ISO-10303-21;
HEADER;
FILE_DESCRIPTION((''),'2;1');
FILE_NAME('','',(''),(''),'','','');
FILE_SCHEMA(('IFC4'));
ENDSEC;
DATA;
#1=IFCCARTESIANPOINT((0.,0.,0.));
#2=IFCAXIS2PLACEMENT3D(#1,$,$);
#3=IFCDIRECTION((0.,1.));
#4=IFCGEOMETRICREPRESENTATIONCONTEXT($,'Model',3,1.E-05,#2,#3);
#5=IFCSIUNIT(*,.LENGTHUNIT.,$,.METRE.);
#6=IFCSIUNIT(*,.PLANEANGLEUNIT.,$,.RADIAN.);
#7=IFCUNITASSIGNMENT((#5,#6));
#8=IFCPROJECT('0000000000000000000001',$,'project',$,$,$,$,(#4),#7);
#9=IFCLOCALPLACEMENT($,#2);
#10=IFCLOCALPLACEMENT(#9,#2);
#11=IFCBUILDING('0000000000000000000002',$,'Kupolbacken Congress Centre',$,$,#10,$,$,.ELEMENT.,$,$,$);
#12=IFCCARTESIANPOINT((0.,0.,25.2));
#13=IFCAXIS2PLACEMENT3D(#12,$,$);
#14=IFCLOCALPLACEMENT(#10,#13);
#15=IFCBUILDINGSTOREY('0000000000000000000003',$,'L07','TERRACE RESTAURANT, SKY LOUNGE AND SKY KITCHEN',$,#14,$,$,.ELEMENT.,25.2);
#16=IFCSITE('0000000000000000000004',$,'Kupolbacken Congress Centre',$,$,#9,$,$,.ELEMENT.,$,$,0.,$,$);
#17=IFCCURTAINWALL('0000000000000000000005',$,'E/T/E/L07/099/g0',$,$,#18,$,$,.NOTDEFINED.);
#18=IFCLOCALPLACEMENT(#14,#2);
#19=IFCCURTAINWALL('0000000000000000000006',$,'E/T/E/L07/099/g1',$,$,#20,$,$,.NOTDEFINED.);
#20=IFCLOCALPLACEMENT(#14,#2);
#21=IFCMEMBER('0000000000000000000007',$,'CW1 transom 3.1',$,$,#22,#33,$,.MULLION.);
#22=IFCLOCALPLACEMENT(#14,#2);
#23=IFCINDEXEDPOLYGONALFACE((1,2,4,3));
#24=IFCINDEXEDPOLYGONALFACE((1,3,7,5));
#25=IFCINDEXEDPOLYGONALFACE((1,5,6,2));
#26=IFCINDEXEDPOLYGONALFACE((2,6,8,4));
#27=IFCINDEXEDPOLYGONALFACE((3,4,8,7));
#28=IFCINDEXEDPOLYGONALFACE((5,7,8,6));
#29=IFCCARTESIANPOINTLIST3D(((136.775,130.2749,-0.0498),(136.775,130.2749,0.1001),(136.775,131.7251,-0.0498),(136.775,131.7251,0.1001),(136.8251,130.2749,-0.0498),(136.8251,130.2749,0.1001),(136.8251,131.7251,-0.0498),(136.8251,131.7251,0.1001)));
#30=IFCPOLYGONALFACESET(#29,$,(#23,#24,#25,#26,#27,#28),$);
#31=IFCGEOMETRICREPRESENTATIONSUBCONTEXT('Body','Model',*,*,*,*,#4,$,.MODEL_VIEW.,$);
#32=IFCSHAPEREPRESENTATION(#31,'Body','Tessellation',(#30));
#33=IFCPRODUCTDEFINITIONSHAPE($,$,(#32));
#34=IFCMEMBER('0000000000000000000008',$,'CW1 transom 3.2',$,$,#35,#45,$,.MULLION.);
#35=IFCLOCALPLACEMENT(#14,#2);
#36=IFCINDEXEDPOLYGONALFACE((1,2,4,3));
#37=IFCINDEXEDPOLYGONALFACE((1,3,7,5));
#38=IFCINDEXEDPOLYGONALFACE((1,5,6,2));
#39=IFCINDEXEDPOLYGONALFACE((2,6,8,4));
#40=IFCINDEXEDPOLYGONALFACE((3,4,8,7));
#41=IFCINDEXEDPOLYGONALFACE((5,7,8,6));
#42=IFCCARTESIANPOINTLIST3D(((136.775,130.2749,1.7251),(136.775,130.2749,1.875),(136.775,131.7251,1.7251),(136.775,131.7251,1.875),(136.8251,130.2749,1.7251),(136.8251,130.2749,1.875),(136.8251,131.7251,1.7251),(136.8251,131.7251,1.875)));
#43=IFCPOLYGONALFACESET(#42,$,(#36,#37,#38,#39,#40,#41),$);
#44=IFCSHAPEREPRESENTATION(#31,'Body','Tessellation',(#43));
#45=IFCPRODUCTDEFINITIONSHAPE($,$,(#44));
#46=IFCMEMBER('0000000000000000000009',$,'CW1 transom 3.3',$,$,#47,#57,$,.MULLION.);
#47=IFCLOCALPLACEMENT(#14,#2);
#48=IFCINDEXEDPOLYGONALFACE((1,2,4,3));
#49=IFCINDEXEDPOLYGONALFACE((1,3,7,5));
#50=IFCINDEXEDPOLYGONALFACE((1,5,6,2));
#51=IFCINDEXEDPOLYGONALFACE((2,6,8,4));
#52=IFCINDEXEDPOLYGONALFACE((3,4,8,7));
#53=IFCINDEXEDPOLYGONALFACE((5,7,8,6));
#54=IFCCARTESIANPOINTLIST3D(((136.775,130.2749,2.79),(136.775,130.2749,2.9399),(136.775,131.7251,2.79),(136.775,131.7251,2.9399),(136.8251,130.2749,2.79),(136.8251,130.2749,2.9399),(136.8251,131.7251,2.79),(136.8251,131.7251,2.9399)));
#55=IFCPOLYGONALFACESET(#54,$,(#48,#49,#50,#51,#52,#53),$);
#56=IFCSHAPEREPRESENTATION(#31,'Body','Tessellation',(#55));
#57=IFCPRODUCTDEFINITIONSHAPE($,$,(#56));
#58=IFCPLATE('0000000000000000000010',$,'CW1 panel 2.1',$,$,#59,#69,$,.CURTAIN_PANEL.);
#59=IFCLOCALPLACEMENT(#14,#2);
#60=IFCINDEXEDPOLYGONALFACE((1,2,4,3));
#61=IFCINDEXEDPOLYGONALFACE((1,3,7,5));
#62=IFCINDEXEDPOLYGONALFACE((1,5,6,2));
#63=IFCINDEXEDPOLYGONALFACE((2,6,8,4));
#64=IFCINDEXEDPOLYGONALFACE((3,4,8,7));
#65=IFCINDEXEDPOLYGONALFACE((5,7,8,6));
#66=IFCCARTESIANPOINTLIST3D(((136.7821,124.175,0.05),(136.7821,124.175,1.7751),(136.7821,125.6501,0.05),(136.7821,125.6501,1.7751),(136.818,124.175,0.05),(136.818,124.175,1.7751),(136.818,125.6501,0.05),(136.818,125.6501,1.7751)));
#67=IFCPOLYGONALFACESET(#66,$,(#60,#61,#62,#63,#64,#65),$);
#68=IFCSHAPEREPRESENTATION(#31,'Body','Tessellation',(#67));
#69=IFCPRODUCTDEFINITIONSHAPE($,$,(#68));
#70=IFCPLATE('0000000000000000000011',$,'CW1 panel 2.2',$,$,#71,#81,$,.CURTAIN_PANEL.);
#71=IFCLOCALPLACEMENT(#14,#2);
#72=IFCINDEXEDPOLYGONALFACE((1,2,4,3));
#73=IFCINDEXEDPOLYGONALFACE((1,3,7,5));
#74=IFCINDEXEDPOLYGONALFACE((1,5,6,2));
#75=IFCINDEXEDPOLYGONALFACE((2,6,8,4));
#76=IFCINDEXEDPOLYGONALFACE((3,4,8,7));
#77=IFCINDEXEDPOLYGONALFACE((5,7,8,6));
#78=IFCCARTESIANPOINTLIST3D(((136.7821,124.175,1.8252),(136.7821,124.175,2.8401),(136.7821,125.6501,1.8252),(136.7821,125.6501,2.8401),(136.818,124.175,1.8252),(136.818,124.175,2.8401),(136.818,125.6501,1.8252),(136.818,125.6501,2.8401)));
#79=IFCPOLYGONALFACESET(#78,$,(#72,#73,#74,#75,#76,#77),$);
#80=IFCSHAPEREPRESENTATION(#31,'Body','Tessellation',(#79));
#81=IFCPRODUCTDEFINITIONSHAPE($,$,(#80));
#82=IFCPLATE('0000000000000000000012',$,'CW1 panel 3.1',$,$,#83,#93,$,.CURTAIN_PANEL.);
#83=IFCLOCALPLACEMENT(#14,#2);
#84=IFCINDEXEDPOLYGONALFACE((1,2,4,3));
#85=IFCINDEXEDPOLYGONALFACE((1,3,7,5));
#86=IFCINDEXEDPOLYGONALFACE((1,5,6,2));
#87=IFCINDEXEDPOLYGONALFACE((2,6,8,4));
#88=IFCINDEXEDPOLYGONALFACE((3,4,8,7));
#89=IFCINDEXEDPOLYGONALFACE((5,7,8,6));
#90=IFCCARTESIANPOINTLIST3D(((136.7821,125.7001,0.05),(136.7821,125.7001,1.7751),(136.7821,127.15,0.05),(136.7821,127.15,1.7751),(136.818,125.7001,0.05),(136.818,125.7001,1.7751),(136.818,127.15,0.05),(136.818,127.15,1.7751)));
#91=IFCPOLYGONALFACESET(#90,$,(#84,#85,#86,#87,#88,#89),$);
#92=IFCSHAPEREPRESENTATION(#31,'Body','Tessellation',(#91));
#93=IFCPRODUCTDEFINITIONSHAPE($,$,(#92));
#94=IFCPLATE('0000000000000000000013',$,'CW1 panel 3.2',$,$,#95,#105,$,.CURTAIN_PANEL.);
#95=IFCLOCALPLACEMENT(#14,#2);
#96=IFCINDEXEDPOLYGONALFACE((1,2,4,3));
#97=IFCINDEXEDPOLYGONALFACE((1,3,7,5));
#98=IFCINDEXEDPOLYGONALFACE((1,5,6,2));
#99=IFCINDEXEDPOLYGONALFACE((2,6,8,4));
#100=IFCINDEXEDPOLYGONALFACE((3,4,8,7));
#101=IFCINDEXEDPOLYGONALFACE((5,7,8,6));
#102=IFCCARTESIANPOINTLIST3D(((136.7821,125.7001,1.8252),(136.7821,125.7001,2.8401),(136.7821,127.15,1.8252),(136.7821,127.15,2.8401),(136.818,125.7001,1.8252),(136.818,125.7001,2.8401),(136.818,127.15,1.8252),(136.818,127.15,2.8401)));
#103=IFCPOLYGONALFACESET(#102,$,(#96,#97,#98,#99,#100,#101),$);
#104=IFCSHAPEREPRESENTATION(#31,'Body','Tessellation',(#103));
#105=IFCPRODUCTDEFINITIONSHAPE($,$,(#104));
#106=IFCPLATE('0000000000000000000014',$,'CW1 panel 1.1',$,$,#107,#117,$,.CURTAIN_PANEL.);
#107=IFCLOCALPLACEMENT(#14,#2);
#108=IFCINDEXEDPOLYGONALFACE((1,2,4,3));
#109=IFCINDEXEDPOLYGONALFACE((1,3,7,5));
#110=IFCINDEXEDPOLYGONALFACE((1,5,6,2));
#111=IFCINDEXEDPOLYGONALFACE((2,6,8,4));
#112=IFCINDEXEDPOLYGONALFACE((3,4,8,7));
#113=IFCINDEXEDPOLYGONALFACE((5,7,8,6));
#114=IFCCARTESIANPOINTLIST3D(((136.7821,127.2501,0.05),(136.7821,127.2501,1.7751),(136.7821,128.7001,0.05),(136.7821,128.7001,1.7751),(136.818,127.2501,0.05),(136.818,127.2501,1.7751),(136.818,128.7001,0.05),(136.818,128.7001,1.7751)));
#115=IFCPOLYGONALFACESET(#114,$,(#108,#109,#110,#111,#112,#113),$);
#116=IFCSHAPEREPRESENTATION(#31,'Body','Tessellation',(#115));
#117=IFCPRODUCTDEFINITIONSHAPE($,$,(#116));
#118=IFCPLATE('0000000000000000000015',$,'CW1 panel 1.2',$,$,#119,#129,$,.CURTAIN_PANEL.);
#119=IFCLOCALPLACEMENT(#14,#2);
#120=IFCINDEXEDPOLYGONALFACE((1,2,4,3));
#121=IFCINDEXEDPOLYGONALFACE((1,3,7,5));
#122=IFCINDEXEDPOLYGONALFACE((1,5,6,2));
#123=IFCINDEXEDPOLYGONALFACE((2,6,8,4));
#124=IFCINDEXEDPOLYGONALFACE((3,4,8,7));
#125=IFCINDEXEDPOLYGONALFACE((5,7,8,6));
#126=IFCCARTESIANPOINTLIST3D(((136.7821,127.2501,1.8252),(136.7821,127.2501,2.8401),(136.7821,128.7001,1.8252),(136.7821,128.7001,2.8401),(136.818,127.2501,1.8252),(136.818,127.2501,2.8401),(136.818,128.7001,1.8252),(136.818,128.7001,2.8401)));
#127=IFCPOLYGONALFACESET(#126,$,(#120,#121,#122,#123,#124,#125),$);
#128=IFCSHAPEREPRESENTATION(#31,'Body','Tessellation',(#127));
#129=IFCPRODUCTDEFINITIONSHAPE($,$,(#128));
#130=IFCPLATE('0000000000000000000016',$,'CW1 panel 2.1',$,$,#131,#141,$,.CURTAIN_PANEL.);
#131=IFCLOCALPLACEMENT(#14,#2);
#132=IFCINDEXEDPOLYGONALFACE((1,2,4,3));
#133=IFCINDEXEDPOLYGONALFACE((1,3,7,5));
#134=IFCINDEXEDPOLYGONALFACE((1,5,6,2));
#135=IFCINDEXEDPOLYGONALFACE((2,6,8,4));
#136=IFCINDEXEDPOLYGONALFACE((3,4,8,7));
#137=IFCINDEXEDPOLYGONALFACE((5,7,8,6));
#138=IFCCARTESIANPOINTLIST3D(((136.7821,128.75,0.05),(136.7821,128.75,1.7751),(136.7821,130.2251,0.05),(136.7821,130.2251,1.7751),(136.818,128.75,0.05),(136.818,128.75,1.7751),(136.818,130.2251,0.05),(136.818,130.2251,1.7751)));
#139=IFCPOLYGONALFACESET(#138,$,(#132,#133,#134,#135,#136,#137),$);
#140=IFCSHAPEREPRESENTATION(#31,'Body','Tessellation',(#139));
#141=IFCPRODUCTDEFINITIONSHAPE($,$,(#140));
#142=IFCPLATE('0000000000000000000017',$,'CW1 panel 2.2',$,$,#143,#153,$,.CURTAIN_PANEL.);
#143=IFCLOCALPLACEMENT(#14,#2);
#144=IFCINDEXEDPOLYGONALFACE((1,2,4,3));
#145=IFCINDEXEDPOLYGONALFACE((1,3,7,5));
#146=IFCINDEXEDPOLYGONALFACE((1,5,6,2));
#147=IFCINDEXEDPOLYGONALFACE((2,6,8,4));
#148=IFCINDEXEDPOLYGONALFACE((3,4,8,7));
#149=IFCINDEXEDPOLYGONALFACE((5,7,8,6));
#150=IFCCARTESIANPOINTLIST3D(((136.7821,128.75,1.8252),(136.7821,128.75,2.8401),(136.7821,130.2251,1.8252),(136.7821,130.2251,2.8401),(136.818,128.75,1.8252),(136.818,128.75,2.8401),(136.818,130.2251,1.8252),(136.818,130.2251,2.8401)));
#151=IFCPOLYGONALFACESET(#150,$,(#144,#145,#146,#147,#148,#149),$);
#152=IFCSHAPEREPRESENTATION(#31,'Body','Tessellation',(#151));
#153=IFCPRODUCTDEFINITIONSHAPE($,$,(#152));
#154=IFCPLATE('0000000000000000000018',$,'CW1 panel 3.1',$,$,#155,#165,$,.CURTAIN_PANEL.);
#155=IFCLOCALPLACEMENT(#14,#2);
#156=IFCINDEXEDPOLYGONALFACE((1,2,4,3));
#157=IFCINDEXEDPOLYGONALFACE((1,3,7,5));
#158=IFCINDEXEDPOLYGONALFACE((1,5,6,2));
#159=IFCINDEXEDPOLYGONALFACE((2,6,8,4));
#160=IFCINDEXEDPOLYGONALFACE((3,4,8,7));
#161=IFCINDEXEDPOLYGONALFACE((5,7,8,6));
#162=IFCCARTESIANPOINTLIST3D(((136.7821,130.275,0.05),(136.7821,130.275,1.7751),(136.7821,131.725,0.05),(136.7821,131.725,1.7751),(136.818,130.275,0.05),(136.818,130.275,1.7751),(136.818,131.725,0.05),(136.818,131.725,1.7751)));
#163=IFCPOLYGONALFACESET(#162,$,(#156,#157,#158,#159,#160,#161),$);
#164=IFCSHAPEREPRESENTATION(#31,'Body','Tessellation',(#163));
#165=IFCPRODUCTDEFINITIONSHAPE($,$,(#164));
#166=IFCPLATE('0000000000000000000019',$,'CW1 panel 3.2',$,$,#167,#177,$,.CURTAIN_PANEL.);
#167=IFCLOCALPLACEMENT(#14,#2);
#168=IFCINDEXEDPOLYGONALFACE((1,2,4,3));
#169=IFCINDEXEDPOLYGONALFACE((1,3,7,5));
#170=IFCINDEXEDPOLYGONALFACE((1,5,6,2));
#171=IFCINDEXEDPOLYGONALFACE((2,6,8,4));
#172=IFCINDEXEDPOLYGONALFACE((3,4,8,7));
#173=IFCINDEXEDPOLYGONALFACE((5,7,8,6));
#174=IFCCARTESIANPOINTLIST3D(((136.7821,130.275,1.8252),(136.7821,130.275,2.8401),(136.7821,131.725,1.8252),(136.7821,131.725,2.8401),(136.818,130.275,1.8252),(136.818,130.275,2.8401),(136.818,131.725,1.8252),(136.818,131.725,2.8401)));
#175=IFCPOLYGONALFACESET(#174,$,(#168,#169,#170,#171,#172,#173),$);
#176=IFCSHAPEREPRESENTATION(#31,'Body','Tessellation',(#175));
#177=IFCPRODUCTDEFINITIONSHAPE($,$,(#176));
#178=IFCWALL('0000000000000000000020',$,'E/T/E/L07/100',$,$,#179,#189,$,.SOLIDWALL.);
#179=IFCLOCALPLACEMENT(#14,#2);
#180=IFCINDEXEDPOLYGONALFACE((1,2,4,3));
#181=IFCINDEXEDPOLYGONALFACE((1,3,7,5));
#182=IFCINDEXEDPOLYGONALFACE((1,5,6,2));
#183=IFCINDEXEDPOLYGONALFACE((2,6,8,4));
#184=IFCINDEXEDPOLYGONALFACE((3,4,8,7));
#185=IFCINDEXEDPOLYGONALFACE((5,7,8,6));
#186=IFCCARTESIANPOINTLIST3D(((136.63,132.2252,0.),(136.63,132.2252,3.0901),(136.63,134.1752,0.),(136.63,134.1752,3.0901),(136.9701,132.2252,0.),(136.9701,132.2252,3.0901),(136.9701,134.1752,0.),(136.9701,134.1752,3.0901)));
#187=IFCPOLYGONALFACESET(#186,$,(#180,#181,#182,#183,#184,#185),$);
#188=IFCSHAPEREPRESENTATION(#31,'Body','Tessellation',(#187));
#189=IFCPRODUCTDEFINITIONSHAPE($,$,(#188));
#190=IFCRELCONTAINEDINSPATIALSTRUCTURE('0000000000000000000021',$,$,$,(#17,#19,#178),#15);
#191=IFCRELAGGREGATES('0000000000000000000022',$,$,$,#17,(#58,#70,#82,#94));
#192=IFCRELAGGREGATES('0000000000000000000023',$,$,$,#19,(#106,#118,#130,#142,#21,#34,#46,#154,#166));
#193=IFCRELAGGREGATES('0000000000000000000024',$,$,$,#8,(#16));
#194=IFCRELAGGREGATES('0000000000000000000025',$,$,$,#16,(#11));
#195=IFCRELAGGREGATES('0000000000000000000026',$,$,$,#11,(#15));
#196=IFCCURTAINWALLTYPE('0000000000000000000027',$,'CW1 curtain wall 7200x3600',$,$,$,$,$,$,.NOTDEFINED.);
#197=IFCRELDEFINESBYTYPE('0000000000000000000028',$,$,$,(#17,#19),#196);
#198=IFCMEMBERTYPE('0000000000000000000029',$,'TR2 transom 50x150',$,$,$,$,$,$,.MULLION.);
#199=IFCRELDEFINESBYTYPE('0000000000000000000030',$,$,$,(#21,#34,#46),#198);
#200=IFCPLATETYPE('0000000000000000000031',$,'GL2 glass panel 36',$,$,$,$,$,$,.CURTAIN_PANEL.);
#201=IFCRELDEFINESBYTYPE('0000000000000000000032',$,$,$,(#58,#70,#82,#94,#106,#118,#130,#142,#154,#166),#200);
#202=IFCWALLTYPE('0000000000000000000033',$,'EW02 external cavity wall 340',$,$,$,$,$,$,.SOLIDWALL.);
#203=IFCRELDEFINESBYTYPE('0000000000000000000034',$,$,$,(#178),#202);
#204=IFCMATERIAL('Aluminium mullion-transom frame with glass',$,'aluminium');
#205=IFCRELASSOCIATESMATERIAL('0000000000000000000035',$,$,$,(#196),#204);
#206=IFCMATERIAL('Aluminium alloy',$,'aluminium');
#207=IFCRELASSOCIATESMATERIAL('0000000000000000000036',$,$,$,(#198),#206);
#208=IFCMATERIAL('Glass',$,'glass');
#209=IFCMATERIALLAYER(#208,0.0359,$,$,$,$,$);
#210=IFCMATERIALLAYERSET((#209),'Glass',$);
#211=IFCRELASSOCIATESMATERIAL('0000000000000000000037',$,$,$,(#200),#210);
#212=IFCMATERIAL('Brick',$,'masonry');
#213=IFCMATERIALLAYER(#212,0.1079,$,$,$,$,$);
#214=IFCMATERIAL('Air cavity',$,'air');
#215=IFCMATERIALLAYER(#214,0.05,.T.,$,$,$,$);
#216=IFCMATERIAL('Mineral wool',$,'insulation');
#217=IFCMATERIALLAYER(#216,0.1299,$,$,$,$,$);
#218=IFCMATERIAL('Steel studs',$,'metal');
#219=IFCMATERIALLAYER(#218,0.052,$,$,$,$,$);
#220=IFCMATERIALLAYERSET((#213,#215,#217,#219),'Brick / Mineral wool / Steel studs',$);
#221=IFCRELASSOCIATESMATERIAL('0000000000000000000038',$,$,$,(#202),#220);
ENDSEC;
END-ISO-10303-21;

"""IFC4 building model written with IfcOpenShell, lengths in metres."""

from ifc_helpers import new_model, si_unit, direction, frame, frame_2d, origin, origin_2d, place, context, subcontext, project, spatial, rectangle, extrude, material, layer, layer_set, material_profile, profile_set, type_object, element, aggregate, save


model = new_model("IFC4")

# Units and contexts
model_context = context("Model", 3, precision=1e-05, world=origin(), true_north=direction((0.0, 1.0)))
body_context = subcontext(model_context, "Body", "Model", "MODEL_VIEW")
ifc_project = project(units=[si_unit("LENGTHUNIT", "METRE"), si_unit("PLANEANGLEUNIT", "RADIAN")], contexts=[model_context])

# Site, building, storey
site_placement = place(None, origin())
site = spatial("IfcSite", under=ifc_project, at=site_placement, Name="Kupolbacken Congress Centre", CompositionType="ELEMENT", RefElevation=0.0)
building_placement = place(site_placement, origin())
building = spatial("IfcBuilding", under=site, at=building_placement, Name="Kupolbacken Congress Centre", CompositionType="ELEMENT")
storey_placement = place(building_placement, frame((0.0, 0.0, 25.2)))
storey = spatial("IfcBuildingStorey", under=building, at=storey_placement, Name="L07", Description="TERRACE RESTAURANT, SKY LOUNGE AND SKY KITCHEN", CompositionType="ELEMENT", Elevation=25.2)

# Curtain walls
ifc_material_1 = material(Name="Aluminium mullion-transom frame with glass", Category="aluminium")
curtain_wall_type = type_object("IfcCurtainWallType", Name="CW1 curtain wall 7200x3600", PredefinedType="NOTDEFINED", material=ifc_material_1)
curtain_wall_1_placement = place(storey_placement, origin())
curtain_wall_1 = element("IfcCurtainWall", 1, at=curtain_wall_1_placement, inside=storey, type_object=curtain_wall_type, Name="E/T/E/L07/099/g0", PredefinedType="NOTDEFINED")
curtain_wall_2_placement = place(storey_placement, origin())
curtain_wall_2 = element("IfcCurtainWall", 2, at=curtain_wall_2_placement, inside=storey, type_object=curtain_wall_type, Name="E/T/E/L07/099/g1", PredefinedType="NOTDEFINED")

# Members
ifc_material_2 = material(Name="Aluminium alloy", Category="aluminium")
ifc_material_profile_1 = material_profile(ifc_material_2, rectangle(XDim=0.05, YDim=0.1499, at=origin_2d()), Name="50 x 150")
ifc_profile_set_1 = profile_set([ifc_material_profile_1], Name="Aluminium alloy")
member_type_1 = type_object("IfcMemberType", Name="TR2 transom 50x150", PredefinedType="MULLION", material=ifc_profile_set_1)
member_1_placement = place(storey_placement, frame((136.8, 130.2749, 0.0251), z_axis=(0.0, 1.0, 0.0), x_axis=(-1.0, 0.0, 0.0)))
member_1 = element("IfcMember", 3, at=member_1_placement, type_object=member_type_1, Name="CW1 transom 3.1", PredefinedType="MULLION", context=body_context, shape_type="SweptSolid", body=[
    extrude(rectangle(XDim=0.05, YDim=0.1499, at=origin_2d()), origin(), (0.0, 0.0, 1.0), 1.4502),
])
member_2_placement = place(storey_placement, frame((136.8, 130.2749, 1.8), z_axis=(0.0, 1.0, 0.0), x_axis=(-1.0, 0.0, 0.0)))
member_2 = element("IfcMember", 4, at=member_2_placement, type_object=member_type_1, Name="CW1 transom 3.2", PredefinedType="MULLION", context=body_context, shape_type="SweptSolid", body=[
    extrude(rectangle(XDim=0.05, YDim=0.1499, at=origin_2d()), origin(), (0.0, 0.0, 1.0), 1.4502),
])
member_3_placement = place(storey_placement, frame((136.8, 130.2749, 2.865), z_axis=(0.0, 1.0, 0.0), x_axis=(-1.0, 0.0, 0.0)))
member_3 = element("IfcMember", 5, at=member_3_placement, type_object=member_type_1, Name="CW1 transom 3.3", PredefinedType="MULLION", context=body_context, shape_type="SweptSolid", body=[
    extrude(rectangle(XDim=0.05, YDim=0.1499, at=origin_2d()), origin(), (0.0, 0.0, 1.0), 1.4502),
])

# Plates
ifc_material_3 = material(Name="Glass", Category="glass")
ifc_layer_1 = layer(ifc_material_3, 0.0359)
ifc_layer_set_1 = layer_set([ifc_layer_1], Name="Glass")
plate_type = type_object("IfcPlateType", Name="GL2 glass panel 36", PredefinedType="CURTAIN_PANEL", material=ifc_layer_set_1)
plate_1_placement = place(storey_placement, frame((136.8, 124.9126, 0.05), z_axis=(0.0, 0.0, 1.0), x_axis=(0.0, 1.0, 0.0)))
plate_1 = element("IfcPlate", 6, at=plate_1_placement, type_object=plate_type, Name="CW1 panel 2.1", PredefinedType="CURTAIN_PANEL", context=body_context, shape_type="SweptSolid", body=[
    extrude(rectangle(XDim=1.4751, YDim=0.0359, at=origin_2d()), origin(), (0.0, 0.0, 1.0), 1.7251),
])
plate_2_placement = place(storey_placement, frame((136.8, 124.9126, 1.8252), z_axis=(0.0, 0.0, 1.0), x_axis=(0.0, 1.0, 0.0)))
plate_2 = element("IfcPlate", 7, at=plate_2_placement, type_object=plate_type, Name="CW1 panel 2.2", PredefinedType="CURTAIN_PANEL", context=body_context, shape_type="SweptSolid", body=[
    extrude(rectangle(XDim=1.4751, YDim=0.0359, at=origin_2d()), origin(), (0.0, 0.0, 1.0), 1.0149),
])
plate_3_placement = place(storey_placement, frame((136.8, 126.425, 0.05), z_axis=(0.0, 0.0, 1.0), x_axis=(0.0, 1.0, 0.0)))
plate_3 = element("IfcPlate", 8, at=plate_3_placement, type_object=plate_type, Name="CW1 panel 3.1", PredefinedType="CURTAIN_PANEL", context=body_context, shape_type="SweptSolid", body=[
    extrude(rectangle(XDim=1.45, YDim=0.0359, at=origin_2d()), origin(), (0.0, 0.0, 1.0), 1.7251),
])
plate_4_placement = place(storey_placement, frame((136.8, 126.425, 1.8252), z_axis=(0.0, 0.0, 1.0), x_axis=(0.0, 1.0, 0.0)))
plate_4 = element("IfcPlate", 9, at=plate_4_placement, type_object=plate_type, Name="CW1 panel 3.2", PredefinedType="CURTAIN_PANEL", context=body_context, shape_type="SweptSolid", body=[
    extrude(rectangle(XDim=1.45, YDim=0.0359, at=origin_2d()), origin(), (0.0, 0.0, 1.0), 1.0149),
])
aggregate(curtain_wall_1, [plate_1, plate_2, plate_3, plate_4])
plate_5_placement = place(storey_placement, frame((136.8, 127.9751, 0.05), z_axis=(0.0, 0.0, 1.0), x_axis=(0.0, 1.0, 0.0)))
plate_5 = element("IfcPlate", 10, at=plate_5_placement, type_object=plate_type, Name="CW1 panel 1.1", PredefinedType="CURTAIN_PANEL", context=body_context, shape_type="SweptSolid", body=[
    extrude(rectangle(XDim=1.45, YDim=0.0359, at=origin_2d()), origin(), (0.0, 0.0, 1.0), 1.7251),
])
plate_6_placement = place(storey_placement, frame((136.8, 127.9751, 1.8252), z_axis=(0.0, 0.0, 1.0), x_axis=(0.0, 1.0, 0.0)))
plate_6 = element("IfcPlate", 11, at=plate_6_placement, type_object=plate_type, Name="CW1 panel 1.2", PredefinedType="CURTAIN_PANEL", context=body_context, shape_type="SweptSolid", body=[
    extrude(rectangle(XDim=1.45, YDim=0.0359, at=origin_2d()), origin(), (0.0, 0.0, 1.0), 1.0149),
])
plate_7_placement = place(storey_placement, frame((136.8, 129.4875, 0.05), z_axis=(0.0, 0.0, 1.0), x_axis=(0.0, 1.0, 0.0)))
plate_7 = element("IfcPlate", 12, at=plate_7_placement, type_object=plate_type, Name="CW1 panel 2.1", PredefinedType="CURTAIN_PANEL", context=body_context, shape_type="SweptSolid", body=[
    extrude(rectangle(XDim=1.4751, YDim=0.0359, at=origin_2d()), origin(), (0.0, 0.0, 1.0), 1.7251),
])
plate_8_placement = place(storey_placement, frame((136.8, 129.4875, 1.8252), z_axis=(0.0, 0.0, 1.0), x_axis=(0.0, 1.0, 0.0)))
plate_8 = element("IfcPlate", 13, at=plate_8_placement, type_object=plate_type, Name="CW1 panel 2.2", PredefinedType="CURTAIN_PANEL", context=body_context, shape_type="SweptSolid", body=[
    extrude(rectangle(XDim=1.4751, YDim=0.0359, at=origin_2d()), origin(), (0.0, 0.0, 1.0), 1.0149),
])
plate_9_placement = place(storey_placement, frame((136.8, 131.0, 0.05), z_axis=(0.0, 0.0, 1.0), x_axis=(0.0, 1.0, 0.0)))
plate_9 = element("IfcPlate", 14, at=plate_9_placement, type_object=plate_type, Name="CW1 panel 3.1", PredefinedType="CURTAIN_PANEL", context=body_context, shape_type="SweptSolid", body=[
    extrude(rectangle(XDim=1.45, YDim=0.0359, at=origin_2d()), origin(), (0.0, 0.0, 1.0), 1.7251),
])
plate_10_placement = place(storey_placement, frame((136.8, 131.0, 1.8252), z_axis=(0.0, 0.0, 1.0), x_axis=(0.0, 1.0, 0.0)))
plate_10 = element("IfcPlate", 15, at=plate_10_placement, type_object=plate_type, Name="CW1 panel 3.2", PredefinedType="CURTAIN_PANEL", context=body_context, shape_type="SweptSolid", body=[
    extrude(rectangle(XDim=1.45, YDim=0.0359, at=origin_2d()), origin(), (0.0, 0.0, 1.0), 1.0149),
])
aggregate(curtain_wall_2, [plate_5, plate_6, plate_7, plate_8, member_1, member_2, member_3, plate_9, plate_10])

# Wall
ifc_material_4 = material(Name="Brick", Category="masonry")
ifc_layer_2 = layer(ifc_material_4, 0.1079)
ifc_material_5 = material(Name="Air cavity", Category="air")
ifc_layer_3 = layer(ifc_material_5, 0.05, ventilated=True)
ifc_material_6 = material(Name="Mineral wool", Category="insulation")
ifc_layer_4 = layer(ifc_material_6, 0.1299)
ifc_material_7 = material(Name="Steel studs", Category="metal")
ifc_layer_5 = layer(ifc_material_7, 0.052)
ifc_layer_set_2 = layer_set([ifc_layer_2, ifc_layer_3, ifc_layer_4, ifc_layer_5], Name="Brick / Mineral wool / Steel studs")
wall_type = type_object("IfcWallType", Name="EW02 external cavity wall 340", PredefinedType="SOLIDWALL", material=ifc_layer_set_2)
wall_placement = place(storey_placement, frame((136.8, 132.2251, 0.0), z_axis=(0.0, 0.0, 1.0), x_axis=(0.0, 1.0, 0.0)))
element("IfcWall", 16, at=wall_placement, inside=storey, type_object=wall_type, Name="E/T/E/L07/100", PredefinedType="SOLIDWALL", context=body_context, shape_type="SweptSolid", body=[
    extrude(rectangle(XDim=1.95, YDim=0.3401, at=frame_2d((0.9751, 0.0))), origin(), (0.0, 0.0, 1.0), 3.0901),
])

save(model, "model.ifc")
